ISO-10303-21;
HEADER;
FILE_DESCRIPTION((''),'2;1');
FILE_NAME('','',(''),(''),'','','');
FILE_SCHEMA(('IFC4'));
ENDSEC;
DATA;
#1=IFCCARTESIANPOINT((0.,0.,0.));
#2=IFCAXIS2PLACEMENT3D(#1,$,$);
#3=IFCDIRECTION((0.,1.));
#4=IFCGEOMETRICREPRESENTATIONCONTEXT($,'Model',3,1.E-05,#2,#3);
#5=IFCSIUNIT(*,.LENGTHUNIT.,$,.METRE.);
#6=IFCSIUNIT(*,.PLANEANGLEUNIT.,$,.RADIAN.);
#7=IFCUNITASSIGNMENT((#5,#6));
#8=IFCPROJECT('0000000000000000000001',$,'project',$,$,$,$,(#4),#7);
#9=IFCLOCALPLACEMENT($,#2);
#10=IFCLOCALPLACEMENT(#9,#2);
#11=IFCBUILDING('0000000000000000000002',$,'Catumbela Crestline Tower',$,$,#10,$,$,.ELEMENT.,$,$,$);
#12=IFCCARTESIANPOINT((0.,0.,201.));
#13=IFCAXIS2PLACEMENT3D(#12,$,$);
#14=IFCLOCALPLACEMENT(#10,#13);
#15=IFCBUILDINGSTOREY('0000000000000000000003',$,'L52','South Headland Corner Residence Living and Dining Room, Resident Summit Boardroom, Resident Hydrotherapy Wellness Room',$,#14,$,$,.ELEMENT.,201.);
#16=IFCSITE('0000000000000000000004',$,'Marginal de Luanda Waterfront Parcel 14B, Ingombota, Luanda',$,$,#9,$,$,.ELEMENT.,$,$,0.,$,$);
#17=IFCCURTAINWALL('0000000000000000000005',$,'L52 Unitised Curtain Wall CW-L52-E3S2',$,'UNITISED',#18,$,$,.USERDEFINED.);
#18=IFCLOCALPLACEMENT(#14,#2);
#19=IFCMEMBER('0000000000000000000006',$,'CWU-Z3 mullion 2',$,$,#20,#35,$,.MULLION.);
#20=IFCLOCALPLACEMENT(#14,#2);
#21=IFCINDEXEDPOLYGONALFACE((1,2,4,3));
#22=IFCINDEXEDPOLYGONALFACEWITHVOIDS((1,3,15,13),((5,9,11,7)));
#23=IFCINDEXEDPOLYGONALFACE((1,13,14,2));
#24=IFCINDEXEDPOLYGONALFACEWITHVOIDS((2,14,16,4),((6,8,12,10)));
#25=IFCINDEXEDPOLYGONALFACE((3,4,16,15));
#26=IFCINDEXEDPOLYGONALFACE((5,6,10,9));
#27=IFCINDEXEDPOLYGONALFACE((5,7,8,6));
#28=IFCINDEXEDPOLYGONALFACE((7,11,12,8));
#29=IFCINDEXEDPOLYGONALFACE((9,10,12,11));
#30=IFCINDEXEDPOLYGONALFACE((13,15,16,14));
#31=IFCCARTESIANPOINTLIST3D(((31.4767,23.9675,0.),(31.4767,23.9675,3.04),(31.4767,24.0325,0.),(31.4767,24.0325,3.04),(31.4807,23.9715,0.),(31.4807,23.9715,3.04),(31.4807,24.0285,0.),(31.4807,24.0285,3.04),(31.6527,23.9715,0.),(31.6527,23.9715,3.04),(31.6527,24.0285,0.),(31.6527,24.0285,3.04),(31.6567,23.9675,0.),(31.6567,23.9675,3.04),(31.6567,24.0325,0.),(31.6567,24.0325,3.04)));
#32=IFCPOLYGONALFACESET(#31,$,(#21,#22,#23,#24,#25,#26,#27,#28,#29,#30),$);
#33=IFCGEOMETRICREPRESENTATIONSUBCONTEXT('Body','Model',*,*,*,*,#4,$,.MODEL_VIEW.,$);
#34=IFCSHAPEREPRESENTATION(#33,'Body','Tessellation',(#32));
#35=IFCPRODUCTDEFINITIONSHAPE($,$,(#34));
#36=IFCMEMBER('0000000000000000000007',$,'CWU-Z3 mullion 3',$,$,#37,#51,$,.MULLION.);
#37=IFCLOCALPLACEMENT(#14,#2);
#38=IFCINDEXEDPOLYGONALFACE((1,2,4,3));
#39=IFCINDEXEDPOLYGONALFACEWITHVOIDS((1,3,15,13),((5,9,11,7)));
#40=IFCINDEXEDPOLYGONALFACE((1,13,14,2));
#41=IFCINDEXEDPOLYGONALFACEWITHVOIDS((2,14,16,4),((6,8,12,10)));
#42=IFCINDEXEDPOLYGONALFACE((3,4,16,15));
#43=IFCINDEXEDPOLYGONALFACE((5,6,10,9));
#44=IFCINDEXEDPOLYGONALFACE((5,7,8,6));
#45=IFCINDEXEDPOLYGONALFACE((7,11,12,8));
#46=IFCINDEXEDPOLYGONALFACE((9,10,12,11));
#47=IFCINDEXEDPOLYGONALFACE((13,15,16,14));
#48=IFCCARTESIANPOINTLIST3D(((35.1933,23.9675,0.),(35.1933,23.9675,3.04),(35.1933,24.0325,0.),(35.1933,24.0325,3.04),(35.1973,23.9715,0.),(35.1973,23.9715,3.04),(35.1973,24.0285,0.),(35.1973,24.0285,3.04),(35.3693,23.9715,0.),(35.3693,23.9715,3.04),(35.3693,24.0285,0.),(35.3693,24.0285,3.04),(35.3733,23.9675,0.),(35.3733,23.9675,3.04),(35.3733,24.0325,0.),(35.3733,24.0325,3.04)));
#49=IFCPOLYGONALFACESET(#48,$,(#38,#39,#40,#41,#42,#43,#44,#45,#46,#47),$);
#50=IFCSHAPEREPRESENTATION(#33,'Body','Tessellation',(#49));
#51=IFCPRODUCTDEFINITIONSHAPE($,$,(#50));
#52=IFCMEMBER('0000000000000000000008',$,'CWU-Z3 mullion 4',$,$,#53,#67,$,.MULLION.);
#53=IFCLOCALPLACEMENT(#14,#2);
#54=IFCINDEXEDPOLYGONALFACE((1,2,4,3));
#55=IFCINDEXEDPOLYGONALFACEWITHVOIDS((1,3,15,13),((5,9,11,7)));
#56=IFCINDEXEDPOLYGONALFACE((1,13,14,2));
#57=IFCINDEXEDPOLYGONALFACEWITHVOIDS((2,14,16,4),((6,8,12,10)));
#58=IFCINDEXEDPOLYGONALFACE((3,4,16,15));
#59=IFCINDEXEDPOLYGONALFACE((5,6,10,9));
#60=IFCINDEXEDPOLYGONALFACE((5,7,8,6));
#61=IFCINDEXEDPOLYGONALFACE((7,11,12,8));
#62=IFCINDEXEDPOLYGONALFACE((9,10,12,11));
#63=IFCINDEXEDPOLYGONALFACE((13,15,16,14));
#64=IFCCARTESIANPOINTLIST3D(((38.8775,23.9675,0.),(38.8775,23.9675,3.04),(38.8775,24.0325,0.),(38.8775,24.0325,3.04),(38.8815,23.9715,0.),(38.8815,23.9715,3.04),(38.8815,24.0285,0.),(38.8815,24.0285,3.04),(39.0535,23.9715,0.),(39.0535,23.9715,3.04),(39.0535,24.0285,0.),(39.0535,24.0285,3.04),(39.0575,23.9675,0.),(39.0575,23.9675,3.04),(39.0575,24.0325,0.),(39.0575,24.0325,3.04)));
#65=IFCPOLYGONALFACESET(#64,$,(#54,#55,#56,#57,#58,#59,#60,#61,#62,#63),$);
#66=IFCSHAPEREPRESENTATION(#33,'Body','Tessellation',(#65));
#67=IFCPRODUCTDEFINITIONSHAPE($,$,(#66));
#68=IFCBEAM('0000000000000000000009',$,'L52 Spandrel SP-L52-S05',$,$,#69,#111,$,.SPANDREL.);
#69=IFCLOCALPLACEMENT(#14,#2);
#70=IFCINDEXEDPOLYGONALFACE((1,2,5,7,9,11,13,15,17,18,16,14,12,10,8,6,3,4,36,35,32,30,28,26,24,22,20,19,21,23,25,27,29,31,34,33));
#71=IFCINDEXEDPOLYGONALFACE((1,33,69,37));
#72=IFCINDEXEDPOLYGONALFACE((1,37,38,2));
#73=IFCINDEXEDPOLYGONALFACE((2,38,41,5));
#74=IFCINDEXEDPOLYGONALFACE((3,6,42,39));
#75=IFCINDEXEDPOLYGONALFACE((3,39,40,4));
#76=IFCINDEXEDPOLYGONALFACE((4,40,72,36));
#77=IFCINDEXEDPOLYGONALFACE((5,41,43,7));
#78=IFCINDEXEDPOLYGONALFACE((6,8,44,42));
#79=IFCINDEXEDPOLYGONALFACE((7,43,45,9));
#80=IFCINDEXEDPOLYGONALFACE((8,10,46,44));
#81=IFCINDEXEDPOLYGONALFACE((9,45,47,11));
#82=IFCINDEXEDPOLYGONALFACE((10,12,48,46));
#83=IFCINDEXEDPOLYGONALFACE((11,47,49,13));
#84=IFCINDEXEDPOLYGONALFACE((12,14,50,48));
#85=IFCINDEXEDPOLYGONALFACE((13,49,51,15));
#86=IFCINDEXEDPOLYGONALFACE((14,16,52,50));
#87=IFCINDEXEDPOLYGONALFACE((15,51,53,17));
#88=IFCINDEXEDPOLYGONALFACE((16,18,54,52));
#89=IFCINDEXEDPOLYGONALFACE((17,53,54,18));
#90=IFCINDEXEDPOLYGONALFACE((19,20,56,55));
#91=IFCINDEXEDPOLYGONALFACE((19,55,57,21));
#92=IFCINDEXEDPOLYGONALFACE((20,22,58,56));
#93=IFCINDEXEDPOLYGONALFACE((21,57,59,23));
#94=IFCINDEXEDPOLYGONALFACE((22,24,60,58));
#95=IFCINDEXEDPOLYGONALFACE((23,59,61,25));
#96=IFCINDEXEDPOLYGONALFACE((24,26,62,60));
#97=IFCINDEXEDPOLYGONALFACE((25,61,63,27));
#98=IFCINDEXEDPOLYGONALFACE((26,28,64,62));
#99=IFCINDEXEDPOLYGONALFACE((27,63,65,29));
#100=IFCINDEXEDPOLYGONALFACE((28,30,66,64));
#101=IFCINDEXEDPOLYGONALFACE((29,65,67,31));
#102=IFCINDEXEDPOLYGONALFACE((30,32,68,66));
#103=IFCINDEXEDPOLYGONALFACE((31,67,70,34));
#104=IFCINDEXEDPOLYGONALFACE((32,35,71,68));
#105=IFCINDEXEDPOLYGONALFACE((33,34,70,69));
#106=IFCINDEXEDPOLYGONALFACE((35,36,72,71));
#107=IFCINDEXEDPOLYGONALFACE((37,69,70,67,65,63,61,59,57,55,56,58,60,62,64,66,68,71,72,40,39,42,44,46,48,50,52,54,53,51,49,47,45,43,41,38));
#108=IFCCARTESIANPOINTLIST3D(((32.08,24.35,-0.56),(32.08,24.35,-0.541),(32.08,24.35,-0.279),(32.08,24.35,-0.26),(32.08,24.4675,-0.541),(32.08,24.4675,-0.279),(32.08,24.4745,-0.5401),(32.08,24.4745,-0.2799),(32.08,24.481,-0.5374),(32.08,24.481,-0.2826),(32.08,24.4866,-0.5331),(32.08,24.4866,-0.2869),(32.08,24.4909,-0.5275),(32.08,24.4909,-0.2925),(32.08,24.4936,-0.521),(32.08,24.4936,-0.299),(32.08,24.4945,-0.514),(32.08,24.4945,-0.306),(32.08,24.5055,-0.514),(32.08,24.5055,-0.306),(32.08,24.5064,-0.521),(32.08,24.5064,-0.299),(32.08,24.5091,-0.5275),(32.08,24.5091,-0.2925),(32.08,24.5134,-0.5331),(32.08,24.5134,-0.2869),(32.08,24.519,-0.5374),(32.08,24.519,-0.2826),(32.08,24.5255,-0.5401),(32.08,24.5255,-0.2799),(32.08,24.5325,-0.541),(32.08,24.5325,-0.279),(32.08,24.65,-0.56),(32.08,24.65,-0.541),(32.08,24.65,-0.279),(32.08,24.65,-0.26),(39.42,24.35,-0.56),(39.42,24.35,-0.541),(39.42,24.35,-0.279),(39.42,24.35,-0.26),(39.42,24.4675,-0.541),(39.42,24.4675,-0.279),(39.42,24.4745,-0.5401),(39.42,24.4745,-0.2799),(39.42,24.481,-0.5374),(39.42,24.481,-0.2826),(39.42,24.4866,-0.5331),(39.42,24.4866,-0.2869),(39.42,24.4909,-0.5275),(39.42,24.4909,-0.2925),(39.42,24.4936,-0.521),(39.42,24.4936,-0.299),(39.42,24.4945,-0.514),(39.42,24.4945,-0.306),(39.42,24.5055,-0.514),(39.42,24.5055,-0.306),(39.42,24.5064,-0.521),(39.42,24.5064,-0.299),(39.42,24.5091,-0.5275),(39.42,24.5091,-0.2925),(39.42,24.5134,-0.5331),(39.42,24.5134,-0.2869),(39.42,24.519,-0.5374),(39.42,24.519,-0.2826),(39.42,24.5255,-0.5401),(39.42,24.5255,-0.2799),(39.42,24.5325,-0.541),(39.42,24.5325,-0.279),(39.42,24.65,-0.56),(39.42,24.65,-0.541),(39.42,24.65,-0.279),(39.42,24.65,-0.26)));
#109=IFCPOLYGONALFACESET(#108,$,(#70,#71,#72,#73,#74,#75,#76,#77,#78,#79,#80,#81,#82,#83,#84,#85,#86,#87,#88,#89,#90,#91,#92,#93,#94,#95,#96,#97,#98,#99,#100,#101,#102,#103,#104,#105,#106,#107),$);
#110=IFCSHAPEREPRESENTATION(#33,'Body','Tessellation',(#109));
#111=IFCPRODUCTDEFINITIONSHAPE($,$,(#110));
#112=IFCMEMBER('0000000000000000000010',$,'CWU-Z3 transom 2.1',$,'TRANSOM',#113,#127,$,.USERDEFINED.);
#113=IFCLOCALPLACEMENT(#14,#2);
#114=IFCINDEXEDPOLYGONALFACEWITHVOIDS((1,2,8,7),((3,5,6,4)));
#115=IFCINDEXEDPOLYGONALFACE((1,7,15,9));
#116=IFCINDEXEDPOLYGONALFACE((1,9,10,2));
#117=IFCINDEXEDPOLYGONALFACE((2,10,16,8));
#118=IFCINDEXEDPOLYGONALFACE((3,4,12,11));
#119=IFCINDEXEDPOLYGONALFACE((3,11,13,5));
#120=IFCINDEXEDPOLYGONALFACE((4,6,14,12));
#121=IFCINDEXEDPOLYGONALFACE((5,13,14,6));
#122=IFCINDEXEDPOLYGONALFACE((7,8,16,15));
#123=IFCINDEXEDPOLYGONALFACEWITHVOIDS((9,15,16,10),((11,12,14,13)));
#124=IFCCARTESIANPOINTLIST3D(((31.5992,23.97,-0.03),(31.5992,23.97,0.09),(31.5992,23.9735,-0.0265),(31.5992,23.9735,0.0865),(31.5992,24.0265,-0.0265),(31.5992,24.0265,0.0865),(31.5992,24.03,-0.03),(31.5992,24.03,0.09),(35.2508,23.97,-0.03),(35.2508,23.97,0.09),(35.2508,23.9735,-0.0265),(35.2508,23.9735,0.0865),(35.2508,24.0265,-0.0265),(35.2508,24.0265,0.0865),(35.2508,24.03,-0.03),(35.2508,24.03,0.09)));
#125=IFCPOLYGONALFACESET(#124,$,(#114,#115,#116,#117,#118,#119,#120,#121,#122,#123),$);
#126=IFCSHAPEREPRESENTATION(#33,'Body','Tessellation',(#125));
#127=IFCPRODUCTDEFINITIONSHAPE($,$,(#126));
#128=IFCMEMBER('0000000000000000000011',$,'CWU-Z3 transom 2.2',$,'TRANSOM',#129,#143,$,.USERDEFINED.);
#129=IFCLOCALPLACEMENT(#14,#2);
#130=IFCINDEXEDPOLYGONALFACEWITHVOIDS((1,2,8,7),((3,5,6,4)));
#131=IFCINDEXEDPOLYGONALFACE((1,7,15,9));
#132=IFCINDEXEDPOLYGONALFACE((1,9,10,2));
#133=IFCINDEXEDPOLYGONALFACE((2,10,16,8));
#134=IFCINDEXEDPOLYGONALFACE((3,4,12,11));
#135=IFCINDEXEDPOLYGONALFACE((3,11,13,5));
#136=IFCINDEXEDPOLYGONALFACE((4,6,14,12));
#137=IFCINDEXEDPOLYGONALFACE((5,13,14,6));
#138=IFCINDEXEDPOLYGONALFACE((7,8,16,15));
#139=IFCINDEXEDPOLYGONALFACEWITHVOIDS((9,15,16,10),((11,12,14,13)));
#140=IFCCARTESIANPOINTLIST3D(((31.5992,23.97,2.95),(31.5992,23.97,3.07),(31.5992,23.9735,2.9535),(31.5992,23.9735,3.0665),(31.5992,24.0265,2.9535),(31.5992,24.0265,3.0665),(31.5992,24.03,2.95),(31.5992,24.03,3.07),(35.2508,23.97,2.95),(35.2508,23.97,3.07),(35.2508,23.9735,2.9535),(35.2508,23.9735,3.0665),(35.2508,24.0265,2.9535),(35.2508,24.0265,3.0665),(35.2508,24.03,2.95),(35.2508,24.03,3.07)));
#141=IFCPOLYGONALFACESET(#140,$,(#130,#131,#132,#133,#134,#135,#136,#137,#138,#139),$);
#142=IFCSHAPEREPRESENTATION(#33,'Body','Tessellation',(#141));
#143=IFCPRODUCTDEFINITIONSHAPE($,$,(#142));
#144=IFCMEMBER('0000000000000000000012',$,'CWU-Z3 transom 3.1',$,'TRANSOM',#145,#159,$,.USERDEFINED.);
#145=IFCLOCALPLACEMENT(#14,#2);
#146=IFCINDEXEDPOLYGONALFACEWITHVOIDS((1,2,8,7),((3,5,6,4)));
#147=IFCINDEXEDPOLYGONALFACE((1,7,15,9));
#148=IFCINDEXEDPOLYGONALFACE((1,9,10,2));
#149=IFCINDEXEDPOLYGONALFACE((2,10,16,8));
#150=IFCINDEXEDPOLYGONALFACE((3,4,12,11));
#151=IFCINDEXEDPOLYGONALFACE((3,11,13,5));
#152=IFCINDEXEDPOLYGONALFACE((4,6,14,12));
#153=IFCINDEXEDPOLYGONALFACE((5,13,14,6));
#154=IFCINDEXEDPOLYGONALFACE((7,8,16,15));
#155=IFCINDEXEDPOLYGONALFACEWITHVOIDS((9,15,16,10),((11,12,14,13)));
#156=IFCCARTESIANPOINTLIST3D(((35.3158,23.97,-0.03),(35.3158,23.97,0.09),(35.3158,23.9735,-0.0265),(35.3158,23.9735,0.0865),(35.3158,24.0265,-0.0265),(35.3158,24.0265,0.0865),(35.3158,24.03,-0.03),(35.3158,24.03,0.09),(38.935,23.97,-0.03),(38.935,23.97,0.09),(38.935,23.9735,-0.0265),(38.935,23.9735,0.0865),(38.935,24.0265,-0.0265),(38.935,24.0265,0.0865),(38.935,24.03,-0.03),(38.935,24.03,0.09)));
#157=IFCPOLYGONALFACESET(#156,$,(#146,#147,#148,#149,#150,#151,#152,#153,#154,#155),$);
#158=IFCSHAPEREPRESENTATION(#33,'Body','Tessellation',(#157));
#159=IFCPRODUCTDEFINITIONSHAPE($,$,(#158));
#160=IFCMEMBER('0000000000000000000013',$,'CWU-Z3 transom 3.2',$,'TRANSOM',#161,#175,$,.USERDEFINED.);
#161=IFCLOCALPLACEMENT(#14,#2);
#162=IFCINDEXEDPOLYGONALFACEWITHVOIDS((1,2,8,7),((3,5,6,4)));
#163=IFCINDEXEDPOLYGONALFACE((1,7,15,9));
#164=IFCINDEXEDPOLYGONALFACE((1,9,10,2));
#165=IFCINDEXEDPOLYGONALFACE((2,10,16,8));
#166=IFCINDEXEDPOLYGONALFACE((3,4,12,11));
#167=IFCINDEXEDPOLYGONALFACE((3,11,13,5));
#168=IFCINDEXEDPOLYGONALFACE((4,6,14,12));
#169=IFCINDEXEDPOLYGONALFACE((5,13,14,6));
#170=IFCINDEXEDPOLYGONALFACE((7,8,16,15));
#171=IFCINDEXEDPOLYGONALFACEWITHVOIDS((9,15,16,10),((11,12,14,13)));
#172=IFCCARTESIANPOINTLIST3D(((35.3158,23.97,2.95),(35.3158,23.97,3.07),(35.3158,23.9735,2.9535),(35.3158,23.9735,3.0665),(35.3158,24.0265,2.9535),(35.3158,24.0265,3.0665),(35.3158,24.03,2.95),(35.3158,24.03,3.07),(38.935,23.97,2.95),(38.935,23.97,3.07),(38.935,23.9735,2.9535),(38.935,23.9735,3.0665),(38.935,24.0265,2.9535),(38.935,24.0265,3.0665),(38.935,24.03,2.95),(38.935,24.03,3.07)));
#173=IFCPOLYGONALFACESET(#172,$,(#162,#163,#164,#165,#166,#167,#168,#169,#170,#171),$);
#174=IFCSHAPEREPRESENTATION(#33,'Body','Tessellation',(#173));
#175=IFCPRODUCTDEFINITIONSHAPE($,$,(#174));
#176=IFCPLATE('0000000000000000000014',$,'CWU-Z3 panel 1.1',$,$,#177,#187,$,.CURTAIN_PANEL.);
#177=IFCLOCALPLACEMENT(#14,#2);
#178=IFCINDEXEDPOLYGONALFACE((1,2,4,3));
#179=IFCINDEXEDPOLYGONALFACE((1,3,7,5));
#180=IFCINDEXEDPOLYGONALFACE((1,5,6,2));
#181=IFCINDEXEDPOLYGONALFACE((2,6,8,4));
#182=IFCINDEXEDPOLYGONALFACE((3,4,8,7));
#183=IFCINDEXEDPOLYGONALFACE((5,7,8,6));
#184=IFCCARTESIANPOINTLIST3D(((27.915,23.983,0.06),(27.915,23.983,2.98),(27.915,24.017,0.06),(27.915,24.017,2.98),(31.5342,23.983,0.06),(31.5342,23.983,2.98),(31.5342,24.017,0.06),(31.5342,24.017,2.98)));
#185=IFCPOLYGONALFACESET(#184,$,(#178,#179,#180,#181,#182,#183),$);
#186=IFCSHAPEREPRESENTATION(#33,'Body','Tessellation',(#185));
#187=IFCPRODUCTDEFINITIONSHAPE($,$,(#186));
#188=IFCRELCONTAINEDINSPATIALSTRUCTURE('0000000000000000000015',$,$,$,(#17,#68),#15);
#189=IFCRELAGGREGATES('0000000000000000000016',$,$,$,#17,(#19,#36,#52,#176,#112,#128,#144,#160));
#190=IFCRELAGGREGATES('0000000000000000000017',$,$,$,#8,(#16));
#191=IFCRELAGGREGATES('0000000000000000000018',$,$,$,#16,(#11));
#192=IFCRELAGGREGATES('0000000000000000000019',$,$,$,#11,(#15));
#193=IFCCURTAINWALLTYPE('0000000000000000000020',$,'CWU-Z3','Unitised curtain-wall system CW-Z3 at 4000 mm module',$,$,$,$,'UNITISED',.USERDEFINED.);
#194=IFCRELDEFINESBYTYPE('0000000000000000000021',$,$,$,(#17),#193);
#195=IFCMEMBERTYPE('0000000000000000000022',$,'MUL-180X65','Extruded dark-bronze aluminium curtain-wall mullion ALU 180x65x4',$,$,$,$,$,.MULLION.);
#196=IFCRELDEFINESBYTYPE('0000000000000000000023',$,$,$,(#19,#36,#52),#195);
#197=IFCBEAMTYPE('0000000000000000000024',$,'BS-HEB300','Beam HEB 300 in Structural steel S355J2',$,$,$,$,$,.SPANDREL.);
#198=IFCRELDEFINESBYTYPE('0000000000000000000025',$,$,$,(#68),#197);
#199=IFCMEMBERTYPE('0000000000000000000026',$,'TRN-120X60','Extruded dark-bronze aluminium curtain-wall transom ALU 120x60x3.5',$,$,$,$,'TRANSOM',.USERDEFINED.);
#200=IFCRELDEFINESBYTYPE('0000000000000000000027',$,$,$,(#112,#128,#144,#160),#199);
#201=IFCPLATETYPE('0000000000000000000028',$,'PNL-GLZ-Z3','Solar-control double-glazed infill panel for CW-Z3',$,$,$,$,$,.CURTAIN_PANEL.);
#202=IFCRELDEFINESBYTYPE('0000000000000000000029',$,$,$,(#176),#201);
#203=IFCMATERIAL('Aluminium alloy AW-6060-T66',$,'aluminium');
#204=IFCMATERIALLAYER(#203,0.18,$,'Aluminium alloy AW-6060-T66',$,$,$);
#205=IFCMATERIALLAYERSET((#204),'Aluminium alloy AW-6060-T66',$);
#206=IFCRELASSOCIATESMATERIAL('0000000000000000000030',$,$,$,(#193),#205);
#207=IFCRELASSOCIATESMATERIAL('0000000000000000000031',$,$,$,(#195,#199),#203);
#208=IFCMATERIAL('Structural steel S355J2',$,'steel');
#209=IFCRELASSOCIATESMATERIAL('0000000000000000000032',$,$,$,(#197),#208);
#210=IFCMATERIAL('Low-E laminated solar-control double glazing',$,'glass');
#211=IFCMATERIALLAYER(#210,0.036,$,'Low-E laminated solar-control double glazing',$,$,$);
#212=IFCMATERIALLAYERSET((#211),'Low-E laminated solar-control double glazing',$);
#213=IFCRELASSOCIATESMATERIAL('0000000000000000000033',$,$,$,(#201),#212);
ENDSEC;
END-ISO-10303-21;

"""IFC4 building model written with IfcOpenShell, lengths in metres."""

from ifc_helpers import new_model, si_unit, direction, frame, origin, origin_2d, place, context, subcontext, project, spatial, rectangle, hollow_rectangle, i_section, extrude, material, layer, layer_set, material_profile, profile_set, type_object, element, aggregate, save


model = new_model("IFC4")

# Units and contexts
model_context = context("Model", 3, precision=1e-05, world=origin(), true_north=direction((0.0, 1.0)))
body_context = subcontext(model_context, "Body", "Model", "MODEL_VIEW")
ifc_project = project(units=[si_unit("LENGTHUNIT", "METRE"), si_unit("PLANEANGLEUNIT", "RADIAN")], contexts=[model_context])

# Site, building, storey
site_placement = place(None, origin())
site = spatial("IfcSite", under=ifc_project, at=site_placement, Name="Marginal de Luanda Waterfront Parcel 14B, Ingombota, Luanda", CompositionType="ELEMENT", RefElevation=0.0)
building_placement = place(site_placement, origin())
building = spatial("IfcBuilding", under=site, at=building_placement, Name="Catumbela Crestline Tower", CompositionType="ELEMENT")
storey_placement = place(building_placement, frame((0.0, 0.0, 201.0)))
storey = spatial("IfcBuildingStorey", under=building, at=storey_placement, Name="L52", Description="South Headland Corner Residence Living and Dining Room, Resident Summit Boardroom, Resident Hydrotherapy Wellness Room", CompositionType="ELEMENT", Elevation=201.0)

# Shared definitions
ifc_material_1 = material(Name="Structural steel S355J2", Category="steel")

# Curtain wall, members
ifc_material_2 = material(Name="Aluminium alloy AW-6060-T66", Category="aluminium")
ifc_layer_1 = layer(ifc_material_2, 0.18, Name="Aluminium alloy AW-6060-T66")
ifc_layer_set_1 = layer_set([ifc_layer_1], Name="Aluminium alloy AW-6060-T66")
curtain_wall_type = type_object("IfcCurtainWallType", Name="CWU-Z3", Description="Unitised curtain-wall system CW-Z3 at 4000 mm module", ElementType="UNITISED", PredefinedType="USERDEFINED", material=ifc_layer_set_1)
curtain_wall_placement = place(storey_placement, origin())
curtain_wall = element("IfcCurtainWall", 1, at=curtain_wall_placement, inside=storey, type_object=curtain_wall_type, Name="L52 Unitised Curtain Wall CW-L52-E3S2", ObjectType="UNITISED", PredefinedType="USERDEFINED")
ifc_material_profile_1 = material_profile(ifc_material_2, hollow_rectangle(XDim=0.065, YDim=0.18, WallThickness=0.004, at=origin_2d()), Name="ALU 180x65x4")
ifc_profile_set_1 = profile_set([ifc_material_profile_1], Name="Aluminium alloy AW-6060-T66")
member_type_1 = type_object("IfcMemberType", Name="MUL-180X65", Description="Extruded dark-bronze aluminium curtain-wall mullion ALU 180x65x4", PredefinedType="MULLION", material=ifc_profile_set_1)
member_1_placement = place(storey_placement, frame((31.5667, 24.0, 0.0), z_axis=(0.0, 0.0, 1.0), x_axis=(0.0, 1.0, 0.0)))
member_1 = element("IfcMember", 2, at=member_1_placement, type_object=member_type_1, Name="CWU-Z3 mullion 2", PredefinedType="MULLION", context=body_context, shape_type="SweptSolid", body=[
    extrude(hollow_rectangle(XDim=0.065, YDim=0.18, WallThickness=0.004, at=origin_2d()), origin(), (0.0, 0.0, 1.0), 3.04),
])
member_2_placement = place(storey_placement, frame((35.2833, 24.0, 0.0), z_axis=(0.0, 0.0, 1.0), x_axis=(0.0, 1.0, 0.0)))
member_2 = element("IfcMember", 3, at=member_2_placement, type_object=member_type_1, Name="CWU-Z3 mullion 3", PredefinedType="MULLION", context=body_context, shape_type="SweptSolid", body=[
    extrude(hollow_rectangle(XDim=0.065, YDim=0.18, WallThickness=0.004, at=origin_2d()), origin(), (0.0, 0.0, 1.0), 3.04),
])
member_3_placement = place(storey_placement, frame((38.9675, 24.0, 0.0), z_axis=(0.0, 0.0, 1.0), x_axis=(0.0, 1.0, 0.0)))
member_3 = element("IfcMember", 4, at=member_3_placement, type_object=member_type_1, Name="CWU-Z3 mullion 4", PredefinedType="MULLION", context=body_context, shape_type="SweptSolid", body=[
    extrude(hollow_rectangle(XDim=0.065, YDim=0.18, WallThickness=0.004, at=origin_2d()), origin(), (0.0, 0.0, 1.0), 3.04),
])

# Beam
ifc_material_profile_2 = material_profile(ifc_material_1, i_section(OverallWidth=0.3, OverallDepth=0.3, WebThickness=0.011, FlangeThickness=0.019, FilletRadius=0.027, at=origin_2d()), Name="HEB 300")
ifc_profile_set_2 = profile_set([ifc_material_profile_2], Name="Structural steel S355J2")
beam_type_1 = type_object("IfcBeamType", Name="BS-HEB300", Description="Beam HEB 300 in Structural steel S355J2", PredefinedType="SPANDREL", material=ifc_profile_set_2)
beam_1_placement = place(storey_placement, frame((32.08, 24.5, -0.41), z_axis=(1.0, 0.0, 0.0), x_axis=(0.0, 1.0, 0.0)))
element("IfcBeam", 5, at=beam_1_placement, inside=storey, type_object=beam_type_1, Name="L52 Spandrel SP-L52-S05", PredefinedType="SPANDREL", context=body_context, shape_type="SweptSolid", body=[
    extrude(i_section(OverallWidth=0.3, OverallDepth=0.3, WebThickness=0.011, FlangeThickness=0.019, FilletRadius=0.027, at=origin_2d()), origin(), (0.0, 0.0, 1.0), 7.34),
])

# Members
ifc_material_profile_3 = material_profile(ifc_material_2, hollow_rectangle(XDim=0.06, YDim=0.12, WallThickness=0.0035, at=origin_2d()), Name="ALU 120x60x3.5")
ifc_profile_set_3 = profile_set([ifc_material_profile_3], Name="Aluminium alloy AW-6060-T66")
member_type_2 = type_object("IfcMemberType", Name="TRN-120X60", Description="Extruded dark-bronze aluminium curtain-wall transom ALU 120x60x3.5", ElementType="TRANSOM", PredefinedType="USERDEFINED", material=ifc_profile_set_3)
member_4_placement = place(storey_placement, frame((31.5992, 24.0, 0.03), z_axis=(1.0, 0.0, 0.0), x_axis=(0.0, 1.0, 0.0)))
member_4 = element("IfcMember", 6, at=member_4_placement, type_object=member_type_2, Name="CWU-Z3 transom 2.1", ObjectType="TRANSOM", PredefinedType="USERDEFINED", context=body_context, shape_type="SweptSolid", body=[
    extrude(hollow_rectangle(XDim=0.06, YDim=0.12, WallThickness=0.0035, at=origin_2d()), origin(), (0.0, 0.0, 1.0), 3.6516),
])
member_5_placement = place(storey_placement, frame((31.5992, 24.0, 3.01), z_axis=(1.0, 0.0, 0.0), x_axis=(0.0, 1.0, 0.0)))
member_5 = element("IfcMember", 7, at=member_5_placement, type_object=member_type_2, Name="CWU-Z3 transom 2.2", ObjectType="TRANSOM", PredefinedType="USERDEFINED", context=body_context, shape_type="SweptSolid", body=[
    extrude(hollow_rectangle(XDim=0.06, YDim=0.12, WallThickness=0.0035, at=origin_2d()), origin(), (0.0, 0.0, 1.0), 3.6516),
])
member_6_placement = place(storey_placement, frame((35.3158, 24.0, 0.03), z_axis=(1.0, 0.0, 0.0), x_axis=(0.0, 1.0, 0.0)))
member_6 = element("IfcMember", 8, at=member_6_placement, type_object=member_type_2, Name="CWU-Z3 transom 3.1", ObjectType="TRANSOM", PredefinedType="USERDEFINED", context=body_context, shape_type="SweptSolid", body=[
    extrude(hollow_rectangle(XDim=0.06, YDim=0.12, WallThickness=0.0035, at=origin_2d()), origin(), (0.0, 0.0, 1.0), 3.6192),
])
member_7_placement = place(storey_placement, frame((35.3158, 24.0, 3.01), z_axis=(1.0, 0.0, 0.0), x_axis=(0.0, 1.0, 0.0)))
member_7 = element("IfcMember", 9, at=member_7_placement, type_object=member_type_2, Name="CWU-Z3 transom 3.2", ObjectType="TRANSOM", PredefinedType="USERDEFINED", context=body_context, shape_type="SweptSolid", body=[
    extrude(hollow_rectangle(XDim=0.06, YDim=0.12, WallThickness=0.0035, at=origin_2d()), origin(), (0.0, 0.0, 1.0), 3.6192),
])

# Plate
ifc_material_3 = material(Name="Low-E laminated solar-control double glazing", Category="glass")
ifc_layer_2 = layer(ifc_material_3, 0.036, Name="Low-E laminated solar-control double glazing")
ifc_layer_set_2 = layer_set([ifc_layer_2], Name="Low-E laminated solar-control double glazing")
plate_type = type_object("IfcPlateType", Name="PNL-GLZ-Z3", Description="Solar-control double-glazed infill panel for CW-Z3", PredefinedType="CURTAIN_PANEL", material=ifc_layer_set_2)
plate_1_placement = place(storey_placement, frame((29.7246, 24.0, 0.06), z_axis=(0.0, 0.0, 1.0), x_axis=(1.0, 0.0, 0.0)))
plate_1 = element("IfcPlate", 10, at=plate_1_placement, type_object=plate_type, Name="CWU-Z3 panel 1.1", PredefinedType="CURTAIN_PANEL", context=body_context, shape_type="SweptSolid", body=[
    extrude(rectangle(XDim=3.6192, YDim=0.034, at=origin_2d()), origin(), (0.0, 0.0, 1.0), 2.92),
])
aggregate(curtain_wall, [member_1, member_2, member_3, plate_1, member_4, member_5, member_6, member_7])

save(model, "model.ifc")
